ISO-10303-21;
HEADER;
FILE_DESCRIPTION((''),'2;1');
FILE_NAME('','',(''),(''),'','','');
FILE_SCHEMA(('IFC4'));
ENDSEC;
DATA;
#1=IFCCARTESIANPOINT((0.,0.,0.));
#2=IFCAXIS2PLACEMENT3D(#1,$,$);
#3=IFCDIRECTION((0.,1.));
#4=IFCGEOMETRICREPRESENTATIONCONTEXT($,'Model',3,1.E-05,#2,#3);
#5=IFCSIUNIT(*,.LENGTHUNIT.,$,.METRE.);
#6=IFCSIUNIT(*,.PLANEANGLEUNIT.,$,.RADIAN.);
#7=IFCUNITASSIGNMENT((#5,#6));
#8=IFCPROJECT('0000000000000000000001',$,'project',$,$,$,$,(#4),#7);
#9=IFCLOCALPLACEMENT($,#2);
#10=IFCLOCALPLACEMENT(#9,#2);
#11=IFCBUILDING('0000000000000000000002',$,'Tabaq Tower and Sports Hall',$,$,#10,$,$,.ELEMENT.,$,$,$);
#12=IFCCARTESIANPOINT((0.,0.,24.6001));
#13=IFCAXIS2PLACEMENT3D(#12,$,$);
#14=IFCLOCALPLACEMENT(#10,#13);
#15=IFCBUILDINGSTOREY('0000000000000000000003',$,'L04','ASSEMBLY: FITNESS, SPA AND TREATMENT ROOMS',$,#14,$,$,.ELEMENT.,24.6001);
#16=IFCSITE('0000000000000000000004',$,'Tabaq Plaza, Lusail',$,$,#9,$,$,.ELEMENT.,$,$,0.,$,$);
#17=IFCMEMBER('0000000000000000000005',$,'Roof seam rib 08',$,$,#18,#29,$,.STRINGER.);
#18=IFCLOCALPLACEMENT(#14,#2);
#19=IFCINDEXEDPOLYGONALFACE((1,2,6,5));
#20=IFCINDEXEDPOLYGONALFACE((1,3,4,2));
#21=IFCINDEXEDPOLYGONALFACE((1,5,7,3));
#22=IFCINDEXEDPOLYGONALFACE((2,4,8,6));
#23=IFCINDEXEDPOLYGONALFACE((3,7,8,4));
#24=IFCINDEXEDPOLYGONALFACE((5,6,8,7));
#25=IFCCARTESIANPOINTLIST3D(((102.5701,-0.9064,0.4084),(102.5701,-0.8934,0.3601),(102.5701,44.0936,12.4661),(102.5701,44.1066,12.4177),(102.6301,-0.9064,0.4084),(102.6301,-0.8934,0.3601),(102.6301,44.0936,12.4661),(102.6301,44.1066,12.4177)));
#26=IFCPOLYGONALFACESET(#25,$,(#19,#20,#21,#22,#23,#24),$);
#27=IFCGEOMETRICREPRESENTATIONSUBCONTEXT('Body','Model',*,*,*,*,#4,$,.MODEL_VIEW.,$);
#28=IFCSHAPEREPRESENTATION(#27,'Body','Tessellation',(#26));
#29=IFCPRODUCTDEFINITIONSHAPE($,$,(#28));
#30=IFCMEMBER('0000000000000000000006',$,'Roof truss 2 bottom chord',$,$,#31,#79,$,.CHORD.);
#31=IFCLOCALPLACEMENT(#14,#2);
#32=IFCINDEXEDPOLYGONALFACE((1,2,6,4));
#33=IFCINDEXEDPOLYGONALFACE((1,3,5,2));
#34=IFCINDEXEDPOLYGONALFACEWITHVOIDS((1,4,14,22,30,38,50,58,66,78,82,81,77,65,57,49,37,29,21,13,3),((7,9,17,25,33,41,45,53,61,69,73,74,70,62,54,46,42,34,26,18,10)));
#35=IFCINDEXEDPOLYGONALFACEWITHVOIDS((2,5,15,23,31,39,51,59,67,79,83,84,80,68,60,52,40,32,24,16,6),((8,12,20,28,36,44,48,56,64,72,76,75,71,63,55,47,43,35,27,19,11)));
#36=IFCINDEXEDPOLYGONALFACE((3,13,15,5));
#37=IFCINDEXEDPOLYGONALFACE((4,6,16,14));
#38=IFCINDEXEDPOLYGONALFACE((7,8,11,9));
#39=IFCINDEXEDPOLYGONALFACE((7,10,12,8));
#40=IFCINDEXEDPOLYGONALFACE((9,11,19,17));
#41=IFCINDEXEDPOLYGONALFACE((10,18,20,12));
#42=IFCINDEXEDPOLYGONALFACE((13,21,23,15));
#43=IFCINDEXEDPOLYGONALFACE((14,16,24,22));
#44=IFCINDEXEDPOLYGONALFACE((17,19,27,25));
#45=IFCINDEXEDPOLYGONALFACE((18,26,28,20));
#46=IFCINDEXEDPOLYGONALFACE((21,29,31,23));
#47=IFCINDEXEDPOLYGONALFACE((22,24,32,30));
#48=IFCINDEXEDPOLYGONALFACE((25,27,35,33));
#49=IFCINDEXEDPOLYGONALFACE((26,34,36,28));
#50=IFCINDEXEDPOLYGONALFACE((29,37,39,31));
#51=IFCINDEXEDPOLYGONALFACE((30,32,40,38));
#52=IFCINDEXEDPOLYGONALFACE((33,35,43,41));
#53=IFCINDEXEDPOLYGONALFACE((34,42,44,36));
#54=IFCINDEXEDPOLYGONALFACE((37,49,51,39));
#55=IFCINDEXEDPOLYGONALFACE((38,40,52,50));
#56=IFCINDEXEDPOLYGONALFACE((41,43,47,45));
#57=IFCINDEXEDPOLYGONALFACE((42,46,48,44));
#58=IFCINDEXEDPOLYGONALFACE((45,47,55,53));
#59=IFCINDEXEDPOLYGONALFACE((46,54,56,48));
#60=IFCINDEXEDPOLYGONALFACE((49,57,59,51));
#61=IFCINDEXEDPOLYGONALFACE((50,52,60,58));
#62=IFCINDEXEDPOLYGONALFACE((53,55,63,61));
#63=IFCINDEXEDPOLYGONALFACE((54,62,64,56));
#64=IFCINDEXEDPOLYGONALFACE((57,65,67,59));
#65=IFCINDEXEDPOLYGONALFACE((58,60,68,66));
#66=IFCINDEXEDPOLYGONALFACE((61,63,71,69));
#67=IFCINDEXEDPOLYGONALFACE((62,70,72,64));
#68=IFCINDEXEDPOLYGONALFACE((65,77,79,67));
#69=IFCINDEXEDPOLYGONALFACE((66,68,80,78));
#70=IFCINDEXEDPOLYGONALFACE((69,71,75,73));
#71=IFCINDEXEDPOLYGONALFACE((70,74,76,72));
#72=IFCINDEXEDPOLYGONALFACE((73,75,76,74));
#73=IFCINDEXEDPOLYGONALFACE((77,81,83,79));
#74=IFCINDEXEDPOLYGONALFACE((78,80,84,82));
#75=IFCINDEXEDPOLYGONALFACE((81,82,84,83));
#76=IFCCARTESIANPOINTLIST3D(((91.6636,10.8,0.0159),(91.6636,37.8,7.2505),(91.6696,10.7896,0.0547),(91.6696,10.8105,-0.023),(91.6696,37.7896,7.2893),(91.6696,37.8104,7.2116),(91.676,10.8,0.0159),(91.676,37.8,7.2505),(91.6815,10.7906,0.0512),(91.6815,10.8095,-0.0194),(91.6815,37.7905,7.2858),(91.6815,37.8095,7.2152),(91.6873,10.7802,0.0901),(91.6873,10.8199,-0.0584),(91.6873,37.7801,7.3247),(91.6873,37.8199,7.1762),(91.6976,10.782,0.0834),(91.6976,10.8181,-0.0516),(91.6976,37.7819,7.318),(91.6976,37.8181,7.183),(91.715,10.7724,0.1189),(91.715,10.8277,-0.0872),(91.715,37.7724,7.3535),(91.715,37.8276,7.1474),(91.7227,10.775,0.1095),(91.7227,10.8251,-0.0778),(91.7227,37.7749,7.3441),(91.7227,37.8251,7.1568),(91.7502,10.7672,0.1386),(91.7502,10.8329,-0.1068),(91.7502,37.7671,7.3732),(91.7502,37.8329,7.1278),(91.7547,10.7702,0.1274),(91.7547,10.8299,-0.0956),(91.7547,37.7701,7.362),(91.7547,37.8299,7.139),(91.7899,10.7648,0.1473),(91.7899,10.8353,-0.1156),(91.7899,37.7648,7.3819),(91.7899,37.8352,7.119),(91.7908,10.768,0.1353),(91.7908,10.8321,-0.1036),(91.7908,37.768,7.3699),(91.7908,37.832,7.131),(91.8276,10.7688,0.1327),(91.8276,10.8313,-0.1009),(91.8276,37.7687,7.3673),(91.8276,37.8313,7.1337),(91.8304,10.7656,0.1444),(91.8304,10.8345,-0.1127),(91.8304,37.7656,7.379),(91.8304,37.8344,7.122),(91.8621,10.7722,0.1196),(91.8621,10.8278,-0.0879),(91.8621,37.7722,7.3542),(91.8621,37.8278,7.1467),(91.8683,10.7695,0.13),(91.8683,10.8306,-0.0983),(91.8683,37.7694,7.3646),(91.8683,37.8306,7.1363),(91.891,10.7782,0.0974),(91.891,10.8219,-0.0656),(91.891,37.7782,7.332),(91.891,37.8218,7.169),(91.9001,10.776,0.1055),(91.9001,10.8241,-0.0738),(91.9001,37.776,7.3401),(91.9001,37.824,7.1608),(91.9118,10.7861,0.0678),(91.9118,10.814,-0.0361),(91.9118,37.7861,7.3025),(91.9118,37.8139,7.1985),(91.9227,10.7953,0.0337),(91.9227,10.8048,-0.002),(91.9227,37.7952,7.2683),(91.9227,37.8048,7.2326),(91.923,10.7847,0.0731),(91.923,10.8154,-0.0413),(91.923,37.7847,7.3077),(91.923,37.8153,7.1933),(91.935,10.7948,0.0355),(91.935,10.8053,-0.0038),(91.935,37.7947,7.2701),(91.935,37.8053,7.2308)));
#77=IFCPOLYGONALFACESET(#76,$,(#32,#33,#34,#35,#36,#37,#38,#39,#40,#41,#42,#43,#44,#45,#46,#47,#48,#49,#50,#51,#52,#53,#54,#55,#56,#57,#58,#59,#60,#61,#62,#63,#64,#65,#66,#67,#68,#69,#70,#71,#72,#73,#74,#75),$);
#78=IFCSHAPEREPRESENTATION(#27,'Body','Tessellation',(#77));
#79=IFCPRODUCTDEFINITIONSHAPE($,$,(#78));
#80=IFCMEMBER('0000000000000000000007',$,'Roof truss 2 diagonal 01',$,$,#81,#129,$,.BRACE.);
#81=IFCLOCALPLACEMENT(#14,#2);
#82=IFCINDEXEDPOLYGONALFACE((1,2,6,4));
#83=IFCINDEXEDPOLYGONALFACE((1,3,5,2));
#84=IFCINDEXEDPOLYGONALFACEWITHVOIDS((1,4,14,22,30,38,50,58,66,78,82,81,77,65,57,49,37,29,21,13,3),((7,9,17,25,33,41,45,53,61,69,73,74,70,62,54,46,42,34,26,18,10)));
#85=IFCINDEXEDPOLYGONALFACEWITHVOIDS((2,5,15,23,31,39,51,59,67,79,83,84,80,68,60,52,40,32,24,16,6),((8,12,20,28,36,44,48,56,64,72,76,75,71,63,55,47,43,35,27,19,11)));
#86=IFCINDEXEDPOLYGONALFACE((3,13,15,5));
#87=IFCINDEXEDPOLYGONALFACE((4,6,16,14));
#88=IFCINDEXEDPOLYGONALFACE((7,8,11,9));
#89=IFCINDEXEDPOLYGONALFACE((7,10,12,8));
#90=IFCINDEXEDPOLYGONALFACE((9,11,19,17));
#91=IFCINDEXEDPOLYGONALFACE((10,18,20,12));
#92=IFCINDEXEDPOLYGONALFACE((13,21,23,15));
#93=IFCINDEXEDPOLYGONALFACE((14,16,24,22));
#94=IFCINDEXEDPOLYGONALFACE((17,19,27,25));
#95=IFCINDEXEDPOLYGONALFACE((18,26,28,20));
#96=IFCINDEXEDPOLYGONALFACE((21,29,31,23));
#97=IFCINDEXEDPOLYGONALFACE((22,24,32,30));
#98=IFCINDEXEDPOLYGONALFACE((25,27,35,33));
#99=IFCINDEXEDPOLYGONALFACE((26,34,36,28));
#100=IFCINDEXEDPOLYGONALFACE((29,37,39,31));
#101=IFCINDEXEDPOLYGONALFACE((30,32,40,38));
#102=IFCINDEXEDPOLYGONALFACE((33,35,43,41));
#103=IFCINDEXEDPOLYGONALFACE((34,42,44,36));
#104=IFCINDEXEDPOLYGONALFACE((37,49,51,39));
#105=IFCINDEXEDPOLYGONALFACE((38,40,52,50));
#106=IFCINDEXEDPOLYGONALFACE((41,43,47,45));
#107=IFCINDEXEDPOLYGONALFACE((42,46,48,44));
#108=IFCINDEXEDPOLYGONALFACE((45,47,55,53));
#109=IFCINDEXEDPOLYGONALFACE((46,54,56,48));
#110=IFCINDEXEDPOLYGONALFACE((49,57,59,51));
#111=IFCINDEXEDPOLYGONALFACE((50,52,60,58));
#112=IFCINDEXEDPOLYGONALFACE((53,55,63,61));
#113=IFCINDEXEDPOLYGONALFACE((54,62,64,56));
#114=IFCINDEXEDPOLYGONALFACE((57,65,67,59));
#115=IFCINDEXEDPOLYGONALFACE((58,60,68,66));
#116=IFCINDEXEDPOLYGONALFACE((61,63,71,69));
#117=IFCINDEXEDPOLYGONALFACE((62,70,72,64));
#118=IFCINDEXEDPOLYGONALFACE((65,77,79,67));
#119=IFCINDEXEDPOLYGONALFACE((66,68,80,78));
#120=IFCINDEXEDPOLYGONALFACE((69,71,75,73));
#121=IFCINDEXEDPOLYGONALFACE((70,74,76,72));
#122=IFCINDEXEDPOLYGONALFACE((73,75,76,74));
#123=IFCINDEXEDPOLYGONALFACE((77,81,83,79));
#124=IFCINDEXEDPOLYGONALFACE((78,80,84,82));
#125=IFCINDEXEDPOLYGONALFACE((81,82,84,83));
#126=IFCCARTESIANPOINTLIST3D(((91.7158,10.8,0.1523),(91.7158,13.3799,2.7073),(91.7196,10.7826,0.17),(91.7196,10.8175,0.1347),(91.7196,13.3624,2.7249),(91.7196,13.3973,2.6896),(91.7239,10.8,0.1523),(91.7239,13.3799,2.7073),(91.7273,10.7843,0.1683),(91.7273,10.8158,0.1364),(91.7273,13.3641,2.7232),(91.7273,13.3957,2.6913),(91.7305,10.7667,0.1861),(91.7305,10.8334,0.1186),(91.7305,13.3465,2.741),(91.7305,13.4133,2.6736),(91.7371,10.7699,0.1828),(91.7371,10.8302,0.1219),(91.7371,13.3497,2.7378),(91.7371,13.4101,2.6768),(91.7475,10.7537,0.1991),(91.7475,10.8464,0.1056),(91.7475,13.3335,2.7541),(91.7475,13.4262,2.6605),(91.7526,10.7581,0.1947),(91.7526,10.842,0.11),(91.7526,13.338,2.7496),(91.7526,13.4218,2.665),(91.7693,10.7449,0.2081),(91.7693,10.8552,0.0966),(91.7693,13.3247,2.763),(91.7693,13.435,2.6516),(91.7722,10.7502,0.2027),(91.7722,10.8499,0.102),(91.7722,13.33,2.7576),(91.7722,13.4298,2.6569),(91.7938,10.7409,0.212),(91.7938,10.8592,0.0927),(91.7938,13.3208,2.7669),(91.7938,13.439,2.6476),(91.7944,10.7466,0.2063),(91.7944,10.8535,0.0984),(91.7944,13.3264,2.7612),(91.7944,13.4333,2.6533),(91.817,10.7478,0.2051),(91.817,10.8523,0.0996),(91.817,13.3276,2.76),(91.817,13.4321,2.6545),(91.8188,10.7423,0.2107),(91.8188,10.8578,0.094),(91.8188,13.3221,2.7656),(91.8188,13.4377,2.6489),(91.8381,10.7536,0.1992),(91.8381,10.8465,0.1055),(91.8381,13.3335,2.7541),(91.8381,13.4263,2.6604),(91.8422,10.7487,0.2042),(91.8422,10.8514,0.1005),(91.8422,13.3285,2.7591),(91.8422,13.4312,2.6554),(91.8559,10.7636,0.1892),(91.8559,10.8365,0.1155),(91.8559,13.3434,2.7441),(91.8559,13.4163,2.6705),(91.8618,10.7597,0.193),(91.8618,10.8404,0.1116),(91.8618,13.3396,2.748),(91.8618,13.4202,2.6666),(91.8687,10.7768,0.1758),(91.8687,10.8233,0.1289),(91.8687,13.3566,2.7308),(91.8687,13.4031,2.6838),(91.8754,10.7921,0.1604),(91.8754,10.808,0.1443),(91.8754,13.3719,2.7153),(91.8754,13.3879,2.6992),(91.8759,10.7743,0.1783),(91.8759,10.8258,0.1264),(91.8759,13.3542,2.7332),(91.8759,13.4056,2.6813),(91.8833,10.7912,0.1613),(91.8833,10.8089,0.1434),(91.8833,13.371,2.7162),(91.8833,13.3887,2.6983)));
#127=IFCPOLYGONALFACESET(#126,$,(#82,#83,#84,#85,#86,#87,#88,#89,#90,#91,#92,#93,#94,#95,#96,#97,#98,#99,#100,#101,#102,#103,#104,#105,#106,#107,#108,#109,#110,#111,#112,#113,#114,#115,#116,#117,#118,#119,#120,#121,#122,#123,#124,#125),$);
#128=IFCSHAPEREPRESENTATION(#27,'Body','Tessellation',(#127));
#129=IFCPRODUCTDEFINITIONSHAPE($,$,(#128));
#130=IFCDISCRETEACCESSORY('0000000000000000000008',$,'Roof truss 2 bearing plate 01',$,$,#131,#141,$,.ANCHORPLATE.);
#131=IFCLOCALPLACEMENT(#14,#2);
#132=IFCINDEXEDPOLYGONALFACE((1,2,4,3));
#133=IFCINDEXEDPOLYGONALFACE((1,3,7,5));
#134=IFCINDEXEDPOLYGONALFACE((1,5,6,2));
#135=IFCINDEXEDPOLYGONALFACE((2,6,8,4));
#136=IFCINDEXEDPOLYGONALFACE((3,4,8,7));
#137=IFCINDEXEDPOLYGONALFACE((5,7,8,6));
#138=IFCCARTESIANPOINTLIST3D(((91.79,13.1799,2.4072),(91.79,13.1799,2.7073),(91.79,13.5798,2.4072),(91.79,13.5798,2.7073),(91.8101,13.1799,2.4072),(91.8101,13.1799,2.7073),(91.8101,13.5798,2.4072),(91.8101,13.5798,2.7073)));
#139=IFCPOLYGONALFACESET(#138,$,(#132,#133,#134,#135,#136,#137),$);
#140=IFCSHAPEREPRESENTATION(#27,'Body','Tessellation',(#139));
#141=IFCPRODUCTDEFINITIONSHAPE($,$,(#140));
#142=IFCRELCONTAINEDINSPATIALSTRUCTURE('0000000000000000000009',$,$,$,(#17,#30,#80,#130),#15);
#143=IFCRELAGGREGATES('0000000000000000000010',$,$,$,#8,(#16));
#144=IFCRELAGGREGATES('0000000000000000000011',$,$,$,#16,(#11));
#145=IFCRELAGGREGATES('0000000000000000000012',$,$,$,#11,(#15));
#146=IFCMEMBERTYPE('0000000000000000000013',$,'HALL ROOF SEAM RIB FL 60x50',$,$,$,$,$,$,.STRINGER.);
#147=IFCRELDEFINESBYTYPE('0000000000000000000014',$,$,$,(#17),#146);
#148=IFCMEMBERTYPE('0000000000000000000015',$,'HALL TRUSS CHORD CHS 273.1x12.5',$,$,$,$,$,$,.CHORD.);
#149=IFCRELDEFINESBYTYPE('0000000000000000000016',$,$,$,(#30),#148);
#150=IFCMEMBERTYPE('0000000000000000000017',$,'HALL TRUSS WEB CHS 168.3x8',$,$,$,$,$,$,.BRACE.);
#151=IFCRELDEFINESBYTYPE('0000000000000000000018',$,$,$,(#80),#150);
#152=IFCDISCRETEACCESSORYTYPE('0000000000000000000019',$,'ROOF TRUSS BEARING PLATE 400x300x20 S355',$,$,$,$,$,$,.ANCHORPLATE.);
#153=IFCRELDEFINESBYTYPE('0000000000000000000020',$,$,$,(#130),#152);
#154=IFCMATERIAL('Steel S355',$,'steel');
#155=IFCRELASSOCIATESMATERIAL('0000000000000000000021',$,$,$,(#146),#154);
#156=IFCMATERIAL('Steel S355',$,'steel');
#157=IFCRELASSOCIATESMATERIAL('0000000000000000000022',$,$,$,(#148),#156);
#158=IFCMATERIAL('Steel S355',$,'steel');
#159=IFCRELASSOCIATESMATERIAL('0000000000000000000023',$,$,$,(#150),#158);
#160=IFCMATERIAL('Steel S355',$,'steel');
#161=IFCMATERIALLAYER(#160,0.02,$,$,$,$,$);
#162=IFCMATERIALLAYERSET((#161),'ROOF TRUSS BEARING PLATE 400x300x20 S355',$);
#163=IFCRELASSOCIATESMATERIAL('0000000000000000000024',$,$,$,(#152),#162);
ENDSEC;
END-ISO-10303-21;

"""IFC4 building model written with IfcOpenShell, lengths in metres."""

from ifc_helpers import new_model, si_unit, direction, frame, origin, origin_2d, place, context, subcontext, project, spatial, rectangle, hollow_circle, extrude, material, layer, layer_set, material_profile, profile_set, type_object, element, save


model = new_model("IFC4")

# Units and contexts
model_context = context("Model", 3, precision=1e-05, world=origin(), true_north=direction((0.0, 1.0)))
body_context = subcontext(model_context, "Body", "Model", "MODEL_VIEW")
ifc_project = project(units=[si_unit("LENGTHUNIT", "METRE"), si_unit("PLANEANGLEUNIT", "RADIAN")], contexts=[model_context])

# Site, building, storey
site_placement = place(None, origin())
site = spatial("IfcSite", under=ifc_project, at=site_placement, Name="Tabaq Plaza, Lusail", CompositionType="ELEMENT", RefElevation=0.0)
building_placement = place(site_placement, origin())
building = spatial("IfcBuilding", under=site, at=building_placement, Name="Tabaq Tower and Sports Hall", CompositionType="ELEMENT")
storey_placement = place(building_placement, frame((0.0, 0.0, 24.6001)))
storey = spatial("IfcBuildingStorey", under=building, at=storey_placement, Name="L04", Description="ASSEMBLY: FITNESS, SPA AND TREATMENT ROOMS", CompositionType="ELEMENT", Elevation=24.6001)

# Members
ifc_material_1 = material(Name="Steel S355", Category="steel")
ifc_material_profile_1 = material_profile(ifc_material_1, rectangle(XDim=0.0601, YDim=0.05, at=origin_2d()), Name="FL 60x50")
ifc_profile_set_1 = profile_set([ifc_material_profile_1], Name="Steel S355")
member_type_1 = type_object("IfcMemberType", Name="HALL ROOF SEAM RIB FL 60x50", PredefinedType="STRINGER", material=ifc_profile_set_1)
for number, where, z_axis, x_axis, name in (
    (1, (102.6001, -0.8999, 0.3843), (0.0, 0.965926, 0.258817), (-1.0, 0.0, 0.0), "Roof seam rib 08"),
):
    element("IfcMember", number, at=place(storey_placement, frame(where, z_axis=z_axis, x_axis=x_axis)), inside=storey, type_object=member_type_1, Name=name, PredefinedType="STRINGER", context=body_context, shape_type="SweptSolid", body=[
        extrude(rectangle(XDim=0.0601, YDim=0.05, at=origin_2d()), origin(), (0.0, 0.0, 1.0), 46.5874),
    ])
ifc_material_2 = material(Name="Steel S355", Category="steel")
ifc_material_profile_2 = material_profile(ifc_material_2, hollow_circle(Radius=0.1365, WallThickness=0.0125, at=origin_2d()), Name="CHS 273.1x12.5")
ifc_profile_set_2 = profile_set([ifc_material_profile_2], Name="Steel S355")
member_type_2 = type_object("IfcMemberType", Name="HALL TRUSS CHORD CHS 273.1x12.5", PredefinedType="CHORD", material=ifc_profile_set_2)
member_1_placement = place(storey_placement, frame((91.8, 10.8, 0.0159), z_axis=(0.0, 0.965926, 0.258819), x_axis=(-1.0, 0.0, 0.0)))
element("IfcMember", 2, at=member_1_placement, inside=storey, type_object=member_type_2, Name="Roof truss 2 bottom chord", PredefinedType="CHORD", context=body_context, shape_type="SweptSolid", body=[
    extrude(hollow_circle(Radius=0.1365, WallThickness=0.0125, at=origin_2d()), origin(), (0.0, 0.0, 1.0), 27.9524),
])
ifc_material_3 = material(Name="Steel S355", Category="steel")
ifc_material_profile_3 = material_profile(ifc_material_3, hollow_circle(Radius=0.0842, WallThickness=0.0081, at=origin_2d()), Name="CHS 168.3x8")
ifc_profile_set_3 = profile_set([ifc_material_profile_3], Name="Steel S355")
member_type_3 = type_object("IfcMemberType", Name="HALL TRUSS WEB CHS 168.3x8", PredefinedType="BRACE", material=ifc_profile_set_3)
member_2_placement = place(storey_placement, frame((91.8, 10.8, 0.1523), z_axis=(0.0, 0.710528, 0.703669), x_axis=(-1.0, 0.0, 0.0)))
element("IfcMember", 3, at=member_2_placement, inside=storey, type_object=member_type_3, Name="Roof truss 2 diagonal 01", PredefinedType="BRACE", context=body_context, shape_type="SweptSolid", body=[
    extrude(hollow_circle(Radius=0.0842, WallThickness=0.0081, at=origin_2d()), origin(), (0.0, 0.0, 1.0), 3.6309),
])

# Discrete accessory
ifc_material_4 = material(Name="Steel S355", Category="steel")
ifc_layer = layer(ifc_material_4, 0.02)
ifc_layer_set = layer_set([ifc_layer], Name="ROOF TRUSS BEARING PLATE 400x300x20 S355")
discrete_accessory_type = type_object("IfcDiscreteAccessoryType", Name="ROOF TRUSS BEARING PLATE 400x300x20 S355", PredefinedType="ANCHORPLATE", material=ifc_layer_set)
discrete_accessory_placement = place(storey_placement, frame((91.8, 13.3799, 2.4072), z_axis=(0.0, 0.0, 1.0), x_axis=(1.0, 0.0, 0.0)))
element("IfcDiscreteAccessory", 4, at=discrete_accessory_placement, inside=storey, type_object=discrete_accessory_type, Name="Roof truss 2 bearing plate 01", PredefinedType="ANCHORPLATE", context=body_context, shape_type="SweptSolid", body=[
    extrude(rectangle(XDim=0.02, YDim=0.3999, at=origin_2d()), origin(), (0.0, 0.0, 1.0), 0.3),
])

save(model, "model.ifc")
